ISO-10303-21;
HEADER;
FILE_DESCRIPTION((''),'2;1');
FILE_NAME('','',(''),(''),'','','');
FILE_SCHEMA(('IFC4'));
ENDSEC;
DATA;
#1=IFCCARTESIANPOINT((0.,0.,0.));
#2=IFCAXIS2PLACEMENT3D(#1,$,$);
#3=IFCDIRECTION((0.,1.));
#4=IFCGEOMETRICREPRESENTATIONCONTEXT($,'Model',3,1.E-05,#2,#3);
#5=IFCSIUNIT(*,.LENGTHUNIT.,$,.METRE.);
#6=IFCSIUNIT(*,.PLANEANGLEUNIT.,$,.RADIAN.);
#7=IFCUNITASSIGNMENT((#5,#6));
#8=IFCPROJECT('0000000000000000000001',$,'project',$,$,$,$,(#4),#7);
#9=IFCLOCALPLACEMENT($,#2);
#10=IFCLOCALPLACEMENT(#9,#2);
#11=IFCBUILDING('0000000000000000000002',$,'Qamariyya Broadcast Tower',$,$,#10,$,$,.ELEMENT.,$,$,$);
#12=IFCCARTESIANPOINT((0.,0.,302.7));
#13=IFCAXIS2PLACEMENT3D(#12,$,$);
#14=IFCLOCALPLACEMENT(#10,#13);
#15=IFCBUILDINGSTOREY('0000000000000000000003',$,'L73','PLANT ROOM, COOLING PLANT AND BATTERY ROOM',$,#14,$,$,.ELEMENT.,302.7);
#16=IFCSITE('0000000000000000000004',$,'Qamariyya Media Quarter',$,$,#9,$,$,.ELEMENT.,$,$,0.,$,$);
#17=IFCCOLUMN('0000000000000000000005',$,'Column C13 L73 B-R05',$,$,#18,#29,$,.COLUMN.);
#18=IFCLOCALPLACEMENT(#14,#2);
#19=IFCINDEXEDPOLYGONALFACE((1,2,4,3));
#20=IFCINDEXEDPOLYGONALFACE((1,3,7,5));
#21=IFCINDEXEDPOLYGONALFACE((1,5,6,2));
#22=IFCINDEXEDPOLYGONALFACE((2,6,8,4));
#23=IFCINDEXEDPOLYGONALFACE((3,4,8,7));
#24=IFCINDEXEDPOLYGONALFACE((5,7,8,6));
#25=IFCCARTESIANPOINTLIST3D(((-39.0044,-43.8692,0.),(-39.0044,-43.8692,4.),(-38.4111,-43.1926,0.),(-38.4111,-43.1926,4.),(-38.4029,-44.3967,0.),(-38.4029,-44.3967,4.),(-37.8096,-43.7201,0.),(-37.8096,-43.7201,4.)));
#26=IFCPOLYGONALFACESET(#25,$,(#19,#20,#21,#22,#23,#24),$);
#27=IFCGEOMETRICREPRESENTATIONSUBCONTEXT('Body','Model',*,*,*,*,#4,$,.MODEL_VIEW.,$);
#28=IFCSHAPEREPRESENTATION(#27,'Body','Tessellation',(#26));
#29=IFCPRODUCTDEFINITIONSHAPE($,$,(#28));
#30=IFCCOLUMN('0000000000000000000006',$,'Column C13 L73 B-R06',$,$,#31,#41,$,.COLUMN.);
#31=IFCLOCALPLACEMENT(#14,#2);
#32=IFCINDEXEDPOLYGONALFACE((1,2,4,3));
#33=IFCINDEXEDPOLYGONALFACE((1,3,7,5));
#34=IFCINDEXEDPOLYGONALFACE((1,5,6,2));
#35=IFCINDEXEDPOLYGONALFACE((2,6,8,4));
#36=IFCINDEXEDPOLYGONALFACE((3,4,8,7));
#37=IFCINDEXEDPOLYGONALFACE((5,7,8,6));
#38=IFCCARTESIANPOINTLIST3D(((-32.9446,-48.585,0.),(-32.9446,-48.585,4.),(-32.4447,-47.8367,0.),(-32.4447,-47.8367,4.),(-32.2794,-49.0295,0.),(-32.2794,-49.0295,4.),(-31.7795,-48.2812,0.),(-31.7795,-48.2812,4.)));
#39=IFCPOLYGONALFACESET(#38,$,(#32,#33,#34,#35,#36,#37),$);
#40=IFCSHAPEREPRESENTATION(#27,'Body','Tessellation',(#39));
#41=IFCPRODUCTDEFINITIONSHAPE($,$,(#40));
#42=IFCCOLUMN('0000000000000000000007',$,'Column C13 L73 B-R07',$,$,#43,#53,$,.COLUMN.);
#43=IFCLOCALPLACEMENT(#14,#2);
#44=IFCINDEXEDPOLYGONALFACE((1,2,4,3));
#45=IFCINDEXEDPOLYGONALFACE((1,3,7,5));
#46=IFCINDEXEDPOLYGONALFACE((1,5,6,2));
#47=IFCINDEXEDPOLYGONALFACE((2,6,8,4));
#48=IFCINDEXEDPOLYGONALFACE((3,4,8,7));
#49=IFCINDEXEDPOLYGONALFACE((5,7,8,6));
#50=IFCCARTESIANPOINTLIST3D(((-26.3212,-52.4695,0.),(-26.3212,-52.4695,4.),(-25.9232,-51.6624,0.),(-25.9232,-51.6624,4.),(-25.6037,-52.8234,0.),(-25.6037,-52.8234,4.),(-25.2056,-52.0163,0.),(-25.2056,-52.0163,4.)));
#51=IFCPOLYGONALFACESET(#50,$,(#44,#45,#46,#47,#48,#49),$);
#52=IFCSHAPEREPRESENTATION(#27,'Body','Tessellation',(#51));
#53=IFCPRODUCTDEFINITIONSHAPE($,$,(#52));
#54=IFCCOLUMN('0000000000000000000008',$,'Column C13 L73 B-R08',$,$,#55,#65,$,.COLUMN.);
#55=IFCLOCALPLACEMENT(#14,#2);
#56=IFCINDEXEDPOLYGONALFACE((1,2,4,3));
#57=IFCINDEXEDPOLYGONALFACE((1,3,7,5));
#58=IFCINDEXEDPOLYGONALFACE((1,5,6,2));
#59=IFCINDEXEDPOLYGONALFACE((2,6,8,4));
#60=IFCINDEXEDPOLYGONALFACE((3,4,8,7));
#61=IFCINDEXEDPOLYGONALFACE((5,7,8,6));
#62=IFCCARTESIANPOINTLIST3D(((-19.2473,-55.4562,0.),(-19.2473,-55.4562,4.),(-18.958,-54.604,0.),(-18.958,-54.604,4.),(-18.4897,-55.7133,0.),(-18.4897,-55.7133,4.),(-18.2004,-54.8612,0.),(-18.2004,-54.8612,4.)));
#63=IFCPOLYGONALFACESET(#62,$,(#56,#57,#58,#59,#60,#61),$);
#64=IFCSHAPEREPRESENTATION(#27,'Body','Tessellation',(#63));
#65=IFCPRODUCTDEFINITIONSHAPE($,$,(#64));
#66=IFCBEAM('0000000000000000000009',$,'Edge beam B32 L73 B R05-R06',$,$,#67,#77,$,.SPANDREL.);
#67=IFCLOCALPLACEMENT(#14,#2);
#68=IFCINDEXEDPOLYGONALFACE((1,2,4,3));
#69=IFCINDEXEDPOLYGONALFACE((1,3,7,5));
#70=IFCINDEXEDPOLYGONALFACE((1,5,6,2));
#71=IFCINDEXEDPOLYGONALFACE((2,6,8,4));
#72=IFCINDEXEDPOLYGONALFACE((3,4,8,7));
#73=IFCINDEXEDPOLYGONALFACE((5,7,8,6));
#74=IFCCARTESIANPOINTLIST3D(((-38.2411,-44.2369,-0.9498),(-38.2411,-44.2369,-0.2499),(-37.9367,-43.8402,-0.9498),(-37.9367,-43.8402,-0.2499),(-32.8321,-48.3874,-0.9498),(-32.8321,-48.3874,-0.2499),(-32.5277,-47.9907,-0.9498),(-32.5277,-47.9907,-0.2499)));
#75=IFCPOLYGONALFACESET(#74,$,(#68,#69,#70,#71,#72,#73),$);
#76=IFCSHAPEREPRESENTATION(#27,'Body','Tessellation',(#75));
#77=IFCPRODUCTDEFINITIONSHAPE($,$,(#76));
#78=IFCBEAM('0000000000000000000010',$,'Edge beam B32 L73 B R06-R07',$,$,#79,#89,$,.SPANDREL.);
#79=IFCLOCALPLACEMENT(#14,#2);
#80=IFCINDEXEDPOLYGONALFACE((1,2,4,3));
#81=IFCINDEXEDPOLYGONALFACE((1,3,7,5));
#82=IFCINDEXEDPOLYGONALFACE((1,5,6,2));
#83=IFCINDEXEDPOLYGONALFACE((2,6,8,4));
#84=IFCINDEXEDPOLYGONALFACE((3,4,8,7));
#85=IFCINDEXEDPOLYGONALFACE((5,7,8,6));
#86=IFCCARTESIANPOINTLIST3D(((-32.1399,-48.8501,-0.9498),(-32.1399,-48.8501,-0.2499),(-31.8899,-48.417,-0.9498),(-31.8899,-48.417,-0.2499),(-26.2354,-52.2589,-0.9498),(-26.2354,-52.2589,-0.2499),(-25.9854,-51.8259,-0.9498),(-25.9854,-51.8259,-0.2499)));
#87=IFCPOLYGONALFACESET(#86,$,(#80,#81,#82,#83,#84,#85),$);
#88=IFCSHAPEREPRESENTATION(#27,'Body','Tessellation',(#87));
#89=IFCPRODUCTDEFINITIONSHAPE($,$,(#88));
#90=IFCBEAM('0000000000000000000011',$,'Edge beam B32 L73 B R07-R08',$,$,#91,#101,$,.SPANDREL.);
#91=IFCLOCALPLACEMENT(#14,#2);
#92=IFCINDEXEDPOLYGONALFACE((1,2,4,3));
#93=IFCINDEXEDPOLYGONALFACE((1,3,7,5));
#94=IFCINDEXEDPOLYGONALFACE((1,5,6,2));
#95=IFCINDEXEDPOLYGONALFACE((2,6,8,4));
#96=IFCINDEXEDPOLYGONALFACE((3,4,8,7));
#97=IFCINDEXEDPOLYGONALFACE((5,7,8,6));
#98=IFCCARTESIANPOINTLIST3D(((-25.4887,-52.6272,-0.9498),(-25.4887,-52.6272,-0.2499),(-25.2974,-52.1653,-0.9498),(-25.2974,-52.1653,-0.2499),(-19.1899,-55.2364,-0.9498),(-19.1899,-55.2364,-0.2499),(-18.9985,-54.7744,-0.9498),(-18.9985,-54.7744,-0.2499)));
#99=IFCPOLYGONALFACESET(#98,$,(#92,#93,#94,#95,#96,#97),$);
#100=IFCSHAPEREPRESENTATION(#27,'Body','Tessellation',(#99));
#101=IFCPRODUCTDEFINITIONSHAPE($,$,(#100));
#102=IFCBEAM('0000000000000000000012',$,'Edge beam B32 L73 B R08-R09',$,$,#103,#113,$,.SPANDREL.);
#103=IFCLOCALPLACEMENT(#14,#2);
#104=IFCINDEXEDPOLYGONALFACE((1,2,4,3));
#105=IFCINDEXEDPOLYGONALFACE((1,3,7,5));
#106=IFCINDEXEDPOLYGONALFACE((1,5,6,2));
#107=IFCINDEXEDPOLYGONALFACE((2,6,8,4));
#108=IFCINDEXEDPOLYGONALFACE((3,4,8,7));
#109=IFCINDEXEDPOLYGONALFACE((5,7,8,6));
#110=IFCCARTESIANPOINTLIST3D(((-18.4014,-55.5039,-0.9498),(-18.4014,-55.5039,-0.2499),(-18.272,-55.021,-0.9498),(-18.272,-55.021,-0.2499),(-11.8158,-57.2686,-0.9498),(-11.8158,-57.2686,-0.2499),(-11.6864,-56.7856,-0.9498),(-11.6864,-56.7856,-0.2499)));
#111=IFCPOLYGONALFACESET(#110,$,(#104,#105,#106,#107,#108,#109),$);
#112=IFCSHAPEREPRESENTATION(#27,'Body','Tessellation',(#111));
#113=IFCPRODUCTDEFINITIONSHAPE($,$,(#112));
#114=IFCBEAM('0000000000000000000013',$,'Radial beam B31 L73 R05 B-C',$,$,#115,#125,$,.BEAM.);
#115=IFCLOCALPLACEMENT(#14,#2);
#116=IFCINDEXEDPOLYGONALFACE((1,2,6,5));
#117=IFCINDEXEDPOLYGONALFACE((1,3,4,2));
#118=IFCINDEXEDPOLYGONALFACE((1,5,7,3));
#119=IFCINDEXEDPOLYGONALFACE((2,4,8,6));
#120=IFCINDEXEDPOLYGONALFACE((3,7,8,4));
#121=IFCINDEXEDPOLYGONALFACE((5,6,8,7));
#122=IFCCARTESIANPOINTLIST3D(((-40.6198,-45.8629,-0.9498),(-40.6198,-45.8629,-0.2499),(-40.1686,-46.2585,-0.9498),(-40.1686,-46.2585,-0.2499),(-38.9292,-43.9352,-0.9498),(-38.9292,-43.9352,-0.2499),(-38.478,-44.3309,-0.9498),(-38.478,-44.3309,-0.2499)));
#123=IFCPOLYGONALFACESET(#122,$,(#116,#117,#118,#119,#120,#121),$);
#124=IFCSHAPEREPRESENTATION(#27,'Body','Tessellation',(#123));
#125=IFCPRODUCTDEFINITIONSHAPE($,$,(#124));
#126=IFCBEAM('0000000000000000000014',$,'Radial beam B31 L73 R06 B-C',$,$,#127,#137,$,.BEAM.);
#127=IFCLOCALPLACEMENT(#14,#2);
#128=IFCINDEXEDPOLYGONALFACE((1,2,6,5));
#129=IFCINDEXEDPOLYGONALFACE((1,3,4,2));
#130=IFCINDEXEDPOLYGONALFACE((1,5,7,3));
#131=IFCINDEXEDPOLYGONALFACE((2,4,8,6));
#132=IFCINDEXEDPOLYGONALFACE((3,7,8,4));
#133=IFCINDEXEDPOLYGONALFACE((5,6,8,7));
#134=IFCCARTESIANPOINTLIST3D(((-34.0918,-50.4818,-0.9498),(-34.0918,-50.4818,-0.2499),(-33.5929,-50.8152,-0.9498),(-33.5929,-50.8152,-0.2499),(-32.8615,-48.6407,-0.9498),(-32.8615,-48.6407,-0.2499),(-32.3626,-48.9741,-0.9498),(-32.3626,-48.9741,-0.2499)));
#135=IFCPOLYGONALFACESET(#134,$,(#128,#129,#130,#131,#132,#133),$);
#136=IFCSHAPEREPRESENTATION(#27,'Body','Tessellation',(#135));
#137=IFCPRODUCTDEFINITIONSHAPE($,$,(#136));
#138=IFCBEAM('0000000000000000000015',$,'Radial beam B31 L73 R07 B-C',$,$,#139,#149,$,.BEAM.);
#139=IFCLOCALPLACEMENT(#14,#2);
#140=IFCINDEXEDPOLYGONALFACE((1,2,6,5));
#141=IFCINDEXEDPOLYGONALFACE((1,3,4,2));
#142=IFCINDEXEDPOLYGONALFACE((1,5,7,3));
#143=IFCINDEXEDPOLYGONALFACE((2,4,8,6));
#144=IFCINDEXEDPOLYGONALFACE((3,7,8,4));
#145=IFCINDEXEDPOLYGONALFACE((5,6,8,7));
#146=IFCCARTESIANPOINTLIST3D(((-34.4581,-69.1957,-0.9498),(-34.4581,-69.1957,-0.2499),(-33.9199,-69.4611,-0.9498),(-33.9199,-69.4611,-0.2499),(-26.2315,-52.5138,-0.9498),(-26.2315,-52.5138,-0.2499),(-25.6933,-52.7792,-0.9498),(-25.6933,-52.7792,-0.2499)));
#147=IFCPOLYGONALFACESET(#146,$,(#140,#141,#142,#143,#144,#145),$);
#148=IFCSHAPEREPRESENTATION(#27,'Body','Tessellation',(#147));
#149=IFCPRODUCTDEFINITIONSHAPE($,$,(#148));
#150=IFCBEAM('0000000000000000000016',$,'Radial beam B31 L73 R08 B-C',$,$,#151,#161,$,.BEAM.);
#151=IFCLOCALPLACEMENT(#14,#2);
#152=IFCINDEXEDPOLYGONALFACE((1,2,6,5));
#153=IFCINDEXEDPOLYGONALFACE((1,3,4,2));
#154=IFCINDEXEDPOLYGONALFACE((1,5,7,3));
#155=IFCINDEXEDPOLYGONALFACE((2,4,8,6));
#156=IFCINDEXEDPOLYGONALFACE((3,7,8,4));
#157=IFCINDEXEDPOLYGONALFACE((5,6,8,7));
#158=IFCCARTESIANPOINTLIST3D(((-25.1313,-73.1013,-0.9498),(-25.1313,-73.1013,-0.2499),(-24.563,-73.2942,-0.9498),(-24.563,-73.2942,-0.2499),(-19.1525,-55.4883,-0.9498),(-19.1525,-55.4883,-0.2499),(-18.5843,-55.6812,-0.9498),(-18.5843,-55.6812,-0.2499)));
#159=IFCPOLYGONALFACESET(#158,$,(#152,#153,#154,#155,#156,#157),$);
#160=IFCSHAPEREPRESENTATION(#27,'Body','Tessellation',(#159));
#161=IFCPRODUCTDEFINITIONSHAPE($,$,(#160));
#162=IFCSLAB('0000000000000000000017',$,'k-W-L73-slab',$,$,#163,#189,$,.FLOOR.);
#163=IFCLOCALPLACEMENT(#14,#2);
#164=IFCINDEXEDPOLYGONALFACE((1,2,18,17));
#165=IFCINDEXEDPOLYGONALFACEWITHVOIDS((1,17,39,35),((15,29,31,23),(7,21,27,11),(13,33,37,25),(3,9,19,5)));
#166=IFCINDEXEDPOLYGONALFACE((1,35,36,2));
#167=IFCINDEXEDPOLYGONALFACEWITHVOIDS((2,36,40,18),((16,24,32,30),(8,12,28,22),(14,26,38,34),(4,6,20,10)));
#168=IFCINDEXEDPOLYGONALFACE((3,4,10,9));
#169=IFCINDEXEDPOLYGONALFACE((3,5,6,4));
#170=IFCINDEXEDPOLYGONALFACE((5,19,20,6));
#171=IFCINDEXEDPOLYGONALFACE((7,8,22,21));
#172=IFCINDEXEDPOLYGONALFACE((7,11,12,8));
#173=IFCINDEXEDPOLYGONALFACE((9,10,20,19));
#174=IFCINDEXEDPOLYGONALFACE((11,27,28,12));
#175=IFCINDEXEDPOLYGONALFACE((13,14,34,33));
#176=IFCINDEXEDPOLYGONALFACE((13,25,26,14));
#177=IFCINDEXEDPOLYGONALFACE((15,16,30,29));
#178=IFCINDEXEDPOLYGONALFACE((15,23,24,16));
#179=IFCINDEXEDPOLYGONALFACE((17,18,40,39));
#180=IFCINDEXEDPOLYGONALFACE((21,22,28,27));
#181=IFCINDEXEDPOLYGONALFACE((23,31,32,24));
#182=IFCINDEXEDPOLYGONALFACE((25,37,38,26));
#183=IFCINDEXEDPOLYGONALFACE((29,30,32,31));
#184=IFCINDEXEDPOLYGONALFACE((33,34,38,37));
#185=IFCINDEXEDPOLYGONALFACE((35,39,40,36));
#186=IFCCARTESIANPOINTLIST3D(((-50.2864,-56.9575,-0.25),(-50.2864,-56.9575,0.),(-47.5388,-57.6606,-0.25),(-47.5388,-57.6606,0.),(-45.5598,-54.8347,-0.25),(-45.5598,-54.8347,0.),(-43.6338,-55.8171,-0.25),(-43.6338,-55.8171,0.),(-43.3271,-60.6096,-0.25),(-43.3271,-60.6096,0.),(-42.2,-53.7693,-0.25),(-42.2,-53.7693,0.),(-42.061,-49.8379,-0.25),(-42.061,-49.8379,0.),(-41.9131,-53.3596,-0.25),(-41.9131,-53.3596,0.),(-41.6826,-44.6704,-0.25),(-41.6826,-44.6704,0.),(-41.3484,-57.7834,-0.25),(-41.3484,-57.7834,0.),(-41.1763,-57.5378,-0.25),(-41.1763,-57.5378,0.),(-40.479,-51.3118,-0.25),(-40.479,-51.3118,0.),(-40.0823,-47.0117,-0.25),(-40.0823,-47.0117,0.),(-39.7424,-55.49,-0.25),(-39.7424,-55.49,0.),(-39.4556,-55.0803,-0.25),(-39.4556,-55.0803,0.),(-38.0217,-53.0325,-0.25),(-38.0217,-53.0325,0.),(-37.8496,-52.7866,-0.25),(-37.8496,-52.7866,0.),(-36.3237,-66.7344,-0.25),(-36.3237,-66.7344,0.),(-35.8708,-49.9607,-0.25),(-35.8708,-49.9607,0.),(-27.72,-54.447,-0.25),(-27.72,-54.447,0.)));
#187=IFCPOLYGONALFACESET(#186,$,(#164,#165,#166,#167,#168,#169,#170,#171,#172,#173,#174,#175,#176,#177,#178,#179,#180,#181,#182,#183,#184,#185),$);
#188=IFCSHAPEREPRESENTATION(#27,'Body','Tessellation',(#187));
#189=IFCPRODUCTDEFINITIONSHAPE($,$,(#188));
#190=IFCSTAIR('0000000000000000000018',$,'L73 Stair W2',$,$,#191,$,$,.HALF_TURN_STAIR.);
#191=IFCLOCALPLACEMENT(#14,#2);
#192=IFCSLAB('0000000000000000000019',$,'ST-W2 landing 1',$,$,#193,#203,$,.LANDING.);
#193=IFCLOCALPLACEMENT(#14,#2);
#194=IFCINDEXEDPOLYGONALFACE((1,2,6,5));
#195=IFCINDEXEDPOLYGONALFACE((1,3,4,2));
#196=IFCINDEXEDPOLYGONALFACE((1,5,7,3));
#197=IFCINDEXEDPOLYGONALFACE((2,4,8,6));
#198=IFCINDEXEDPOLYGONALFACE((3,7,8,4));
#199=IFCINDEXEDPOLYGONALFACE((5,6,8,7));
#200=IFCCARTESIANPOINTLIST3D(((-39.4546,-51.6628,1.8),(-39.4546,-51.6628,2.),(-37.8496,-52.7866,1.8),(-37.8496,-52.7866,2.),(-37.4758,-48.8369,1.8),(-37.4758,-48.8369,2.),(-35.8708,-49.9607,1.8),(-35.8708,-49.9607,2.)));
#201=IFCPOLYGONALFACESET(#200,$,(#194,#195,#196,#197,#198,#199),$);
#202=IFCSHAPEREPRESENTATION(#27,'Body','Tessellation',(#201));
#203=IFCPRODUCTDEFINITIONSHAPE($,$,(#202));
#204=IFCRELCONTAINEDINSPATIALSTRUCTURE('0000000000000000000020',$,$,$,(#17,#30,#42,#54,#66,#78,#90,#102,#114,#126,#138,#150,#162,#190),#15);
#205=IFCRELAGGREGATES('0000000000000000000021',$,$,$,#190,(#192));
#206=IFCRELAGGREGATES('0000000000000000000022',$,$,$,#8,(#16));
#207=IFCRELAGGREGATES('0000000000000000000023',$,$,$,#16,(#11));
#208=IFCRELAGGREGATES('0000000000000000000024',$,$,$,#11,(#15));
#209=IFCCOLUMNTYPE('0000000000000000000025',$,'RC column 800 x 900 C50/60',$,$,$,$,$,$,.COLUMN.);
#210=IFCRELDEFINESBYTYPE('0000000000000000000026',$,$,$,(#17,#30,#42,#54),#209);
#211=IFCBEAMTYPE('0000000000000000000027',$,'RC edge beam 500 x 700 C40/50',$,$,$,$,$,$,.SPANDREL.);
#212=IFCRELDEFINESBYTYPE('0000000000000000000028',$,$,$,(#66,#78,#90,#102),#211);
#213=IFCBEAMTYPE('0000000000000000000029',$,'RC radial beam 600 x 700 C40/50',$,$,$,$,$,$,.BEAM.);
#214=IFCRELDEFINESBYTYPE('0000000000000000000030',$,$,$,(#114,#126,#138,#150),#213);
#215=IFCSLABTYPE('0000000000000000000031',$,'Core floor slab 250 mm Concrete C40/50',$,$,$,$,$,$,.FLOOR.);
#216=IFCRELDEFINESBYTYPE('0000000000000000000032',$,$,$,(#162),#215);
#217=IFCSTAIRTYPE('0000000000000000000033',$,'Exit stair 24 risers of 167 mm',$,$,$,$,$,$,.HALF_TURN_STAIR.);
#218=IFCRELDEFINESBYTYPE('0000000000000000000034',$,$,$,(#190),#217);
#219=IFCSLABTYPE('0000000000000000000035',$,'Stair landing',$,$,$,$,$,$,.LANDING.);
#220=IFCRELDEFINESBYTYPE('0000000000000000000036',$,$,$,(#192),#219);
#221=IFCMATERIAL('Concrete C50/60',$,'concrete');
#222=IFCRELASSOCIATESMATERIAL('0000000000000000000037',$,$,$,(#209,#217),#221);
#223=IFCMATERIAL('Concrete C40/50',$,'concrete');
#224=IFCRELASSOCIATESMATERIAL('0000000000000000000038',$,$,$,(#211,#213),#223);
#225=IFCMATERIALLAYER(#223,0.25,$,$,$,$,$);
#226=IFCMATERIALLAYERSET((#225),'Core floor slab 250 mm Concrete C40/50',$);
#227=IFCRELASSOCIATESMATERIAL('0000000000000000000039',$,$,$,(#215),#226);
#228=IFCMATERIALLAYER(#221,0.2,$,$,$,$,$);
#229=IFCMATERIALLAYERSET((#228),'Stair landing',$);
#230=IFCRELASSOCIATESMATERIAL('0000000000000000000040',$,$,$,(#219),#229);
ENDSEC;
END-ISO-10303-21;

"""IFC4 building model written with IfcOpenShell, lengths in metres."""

from ifc_helpers import new_model, si_unit, direction, frame, origin, origin_2d, place, context, subcontext, project, spatial, polyline, rectangle, outline, extrude, material, layer, layer_set, material_profile, profile_set, type_object, element, aggregate, save


model = new_model("IFC4")

# Units and contexts
model_context = context("Model", 3, precision=1e-05, world=origin(), true_north=direction((0.0, 1.0)))
body_context = subcontext(model_context, "Body", "Model", "MODEL_VIEW")
ifc_project = project(units=[si_unit("LENGTHUNIT", "METRE"), si_unit("PLANEANGLEUNIT", "RADIAN")], contexts=[model_context])

# Site, building, storey
site_placement = place(None, origin())
site = spatial("IfcSite", under=ifc_project, at=site_placement, Name="Qamariyya Media Quarter", CompositionType="ELEMENT", RefElevation=0.0)
building_placement = place(site_placement, origin())
building = spatial("IfcBuilding", under=site, at=building_placement, Name="Qamariyya Broadcast Tower", CompositionType="ELEMENT")
storey_placement = place(building_placement, frame((0.0, 0.0, 302.7)))
storey = spatial("IfcBuildingStorey", under=building, at=storey_placement, Name="L73", Description="PLANT ROOM, COOLING PLANT AND BATTERY ROOM", CompositionType="ELEMENT", Elevation=302.7)

# Columns
ifc_material_1 = material(Name="Concrete C50/60", Category="concrete")
ifc_material_profile_1 = material_profile(ifc_material_1, rectangle(XDim=0.8, YDim=0.8999, at=origin_2d()))
ifc_profile_set_1 = profile_set([ifc_material_profile_1], Name="Concrete C50/60")
column_type = type_object("IfcColumnType", Name="RC column 800 x 900 C50/60", PredefinedType="COLUMN", material=ifc_profile_set_1)
for number, where, z_axis, x_axis, name in (
    (1, (-38.407, -43.7947, 0.0), (0.0, 0.0, 1.0), (0.75184, -0.659346, 0.0), "Column C13 L73 B-R05"),
    (2, (-32.3621, -48.4331, 0.0), (0.0, 0.0, 1.0), (0.83147, -0.55557, 0.0), "Column C13 L73 B-R06"),
    (3, (-25.7634, -52.2429, 0.0), (0.0, 0.0, 1.0), (0.896873, -0.442289, 0.0), "Column C13 L73 B-R07"),
    (4, (-18.7239, -55.1587, 0.0), (0.0, 0.0, 1.0), (0.94693, -0.321439, 0.0), "Column C13 L73 B-R08"),
):
    element("IfcColumn", number, at=place(storey_placement, frame(where, z_axis=z_axis, x_axis=x_axis)), inside=storey, type_object=column_type, Name=name, PredefinedType="COLUMN", context=body_context, shape_type="SweptSolid", body=[
        extrude(rectangle(XDim=0.8, YDim=0.8999, at=origin_2d()), origin(), (0.0, 0.0, 1.0), 4.0),
    ])

# Beams
ifc_material_2 = material(Name="Concrete C40/50", Category="concrete")
ifc_material_profile_2 = material_profile(ifc_material_2, rectangle(XDim=0.5, YDim=0.7, at=origin_2d()))
ifc_profile_set_2 = profile_set([ifc_material_profile_2], Name="Concrete C40/50")
beam_type_1 = type_object("IfcBeamType", Name="RC edge beam 500 x 700 C40/50", PredefinedType="SPANDREL", material=ifc_profile_set_2)
for number, where, z_axis, x_axis, name in (
    (5, (-38.0889, -44.0386, -0.5999), (0.793356, -0.608759, 0.0), (0.608759, 0.793356, 0.0), "Edge beam B32 L73 B R05-R06"),
    (6, (-32.0149, -48.6335, -0.5999), (0.866029, -0.499994, 0.0), (0.499994, 0.866029, 0.0), "Edge beam B32 L73 B R06-R07"),
    (7, (-25.3931, -52.3962, -0.5999), (0.923876, -0.382692, 0.0), (0.382692, 0.923876, 0.0), "Edge beam B32 L73 B R07-R08"),
    (8, (-18.3367, -55.2625, -0.5999), (0.965923, -0.25883, 0.0), (0.25883, 0.965923, 0.0), "Edge beam B32 L73 B R08-R09"),
):
    element("IfcBeam", number, at=place(storey_placement, frame(where, z_axis=z_axis, x_axis=x_axis)), inside=storey, type_object=beam_type_1, Name=name, PredefinedType="SPANDREL", context=body_context, shape_type="SweptSolid", body=[
        extrude(rectangle(XDim=0.5, YDim=0.7, at=origin_2d()), origin(), (0.0, 0.0, 1.0), 6.8179),
    ])
ifc_material_profile_3 = material_profile(ifc_material_2, rectangle(XDim=0.6001, YDim=0.7, at=origin_2d()))
ifc_profile_set_3 = profile_set([ifc_material_profile_3], Name="Concrete C40/50")
beam_type_2 = type_object("IfcBeamType", Name="RC radial beam 600 x 700 C40/50", PredefinedType="BEAM", material=ifc_profile_set_3)
beam_1_placement = place(storey_placement, frame((-38.7036, -44.1331, -0.5999), z_axis=(-0.659367, -0.751821, 0.0), x_axis=(0.751821, -0.659367, 0.0)))
element("IfcBeam", 9, at=beam_1_placement, inside=storey, type_object=beam_type_2, Name="Radial beam B31 L73 R05 B-C", PredefinedType="BEAM", context=body_context, shape_type="SweptSolid", body=[
    extrude(rectangle(XDim=0.6001, YDim=0.7, at=origin_2d()), origin(), (0.0, 0.0, 1.0), 2.564),
])
beam_2_placement = place(storey_placement, frame((-32.6121, -48.8074, -0.5999), z_axis=(-0.55559, -0.831456, 0.0), x_axis=(0.831456, -0.55559, 0.0)))
element("IfcBeam", 10, at=beam_2_placement, inside=storey, type_object=beam_type_2, Name="Radial beam B31 L73 R06 B-C", PredefinedType="BEAM", context=body_context, shape_type="SweptSolid", body=[
    extrude(rectangle(XDim=0.6001, YDim=0.7, at=origin_2d()), origin(), (0.0, 0.0, 1.0), 2.2144),
])
for number, where, z_axis, x_axis, name in (
    (11, (-25.9624, -52.6465, -0.5999), (-0.442287, -0.896873, 0.0), (0.896873, -0.442287, 0.0), "Radial beam B31 L73 R07 B-C"),
    (12, (-18.8684, -55.5847, -0.5999), (-0.321437, -0.946931, 0.0), (0.946931, -0.321437, 0.0), "Radial beam B31 L73 R08 B-C"),
):
    element("IfcBeam", number, at=place(storey_placement, frame(where, z_axis=z_axis, x_axis=x_axis)), inside=storey, type_object=beam_type_2, Name=name, PredefinedType="BEAM", context=body_context, shape_type="SweptSolid", body=[
        extrude(rectangle(XDim=0.6001, YDim=0.7, at=origin_2d()), origin(), (0.0, 0.0, 1.0), 18.6001),
    ])

# Slab
ifc_layer_1 = layer(ifc_material_2, 0.25)
ifc_layer_set_1 = layer_set([ifc_layer_1], Name="Core floor slab 250 mm Concrete C40/50")
slab_type_1 = type_object("IfcSlabType", Name="Core floor slab 250 mm Concrete C40/50", PredefinedType="FLOOR", material=ifc_layer_set_1)
slab_1_placement = place(storey_placement, frame((0.0, 0.0, -0.25)))
element("IfcSlab", 13, at=slab_1_placement, inside=storey, type_object=slab_type_1, Name="k-W-L73-slab", PredefinedType="FLOOR", context=body_context, shape_type="SweptSolid", body=[
    extrude(outline(polyline([(-50.2864, -56.9575), (-36.3237, -66.7344), (-27.72, -54.447), (-41.6826, -44.6704), (-50.2864, -56.9575)]), holes=[polyline([(-39.7424, -55.49), (-42.2, -53.7693), (-43.6338, -55.8171), (-41.1763, -57.5378), (-39.7424, -55.49)]), polyline([(-39.4556, -55.0803), (-41.9131, -53.3596), (-40.479, -51.3118), (-38.0217, -53.0325), (-39.4556, -55.0803)]), polyline([(-42.061, -49.8379), (-37.8496, -52.7866), (-35.8708, -49.9607), (-40.0823, -47.0117), (-42.061, -49.8379)]), polyline([(-47.5388, -57.6606), (-43.3271, -60.6096), (-41.3484, -57.7834), (-45.5598, -54.8347), (-47.5388, -57.6606)])]), origin(), (0.0, 0.0, 1.0), 0.25),
])

# Stair, slab
stair_type = type_object("IfcStairType", Name="Exit stair 24 risers of 167 mm", PredefinedType="HALF_TURN_STAIR", material=ifc_material_1)
stair_placement = place(storey_placement, origin())
stair = element("IfcStair", 14, at=stair_placement, inside=storey, type_object=stair_type, Name="L73 Stair W2", PredefinedType="HALF_TURN_STAIR")
ifc_layer_2 = layer(ifc_material_1, 0.2)
ifc_layer_set_2 = layer_set([ifc_layer_2], Name="Stair landing")
slab_type_2 = type_object("IfcSlabType", Name="Stair landing", PredefinedType="LANDING", material=ifc_layer_set_2)
slab_2_placement = place(storey_placement, frame((0.0, 0.0, 1.8)))
slab_2 = element("IfcSlab", 15, at=slab_2_placement, type_object=slab_type_2, Name="ST-W2 landing 1", PredefinedType="LANDING", context=body_context, shape_type="SweptSolid", body=[
    extrude(outline(polyline([(-39.4546, -51.6628), (-37.8496, -52.7866), (-35.8708, -49.9607), (-37.4758, -48.8369), (-39.4546, -51.6628)])), origin(), (0.0, 0.0, 1.0), 0.2),
])

aggregate(stair, [slab_2])

save(model, "model.ifc")
